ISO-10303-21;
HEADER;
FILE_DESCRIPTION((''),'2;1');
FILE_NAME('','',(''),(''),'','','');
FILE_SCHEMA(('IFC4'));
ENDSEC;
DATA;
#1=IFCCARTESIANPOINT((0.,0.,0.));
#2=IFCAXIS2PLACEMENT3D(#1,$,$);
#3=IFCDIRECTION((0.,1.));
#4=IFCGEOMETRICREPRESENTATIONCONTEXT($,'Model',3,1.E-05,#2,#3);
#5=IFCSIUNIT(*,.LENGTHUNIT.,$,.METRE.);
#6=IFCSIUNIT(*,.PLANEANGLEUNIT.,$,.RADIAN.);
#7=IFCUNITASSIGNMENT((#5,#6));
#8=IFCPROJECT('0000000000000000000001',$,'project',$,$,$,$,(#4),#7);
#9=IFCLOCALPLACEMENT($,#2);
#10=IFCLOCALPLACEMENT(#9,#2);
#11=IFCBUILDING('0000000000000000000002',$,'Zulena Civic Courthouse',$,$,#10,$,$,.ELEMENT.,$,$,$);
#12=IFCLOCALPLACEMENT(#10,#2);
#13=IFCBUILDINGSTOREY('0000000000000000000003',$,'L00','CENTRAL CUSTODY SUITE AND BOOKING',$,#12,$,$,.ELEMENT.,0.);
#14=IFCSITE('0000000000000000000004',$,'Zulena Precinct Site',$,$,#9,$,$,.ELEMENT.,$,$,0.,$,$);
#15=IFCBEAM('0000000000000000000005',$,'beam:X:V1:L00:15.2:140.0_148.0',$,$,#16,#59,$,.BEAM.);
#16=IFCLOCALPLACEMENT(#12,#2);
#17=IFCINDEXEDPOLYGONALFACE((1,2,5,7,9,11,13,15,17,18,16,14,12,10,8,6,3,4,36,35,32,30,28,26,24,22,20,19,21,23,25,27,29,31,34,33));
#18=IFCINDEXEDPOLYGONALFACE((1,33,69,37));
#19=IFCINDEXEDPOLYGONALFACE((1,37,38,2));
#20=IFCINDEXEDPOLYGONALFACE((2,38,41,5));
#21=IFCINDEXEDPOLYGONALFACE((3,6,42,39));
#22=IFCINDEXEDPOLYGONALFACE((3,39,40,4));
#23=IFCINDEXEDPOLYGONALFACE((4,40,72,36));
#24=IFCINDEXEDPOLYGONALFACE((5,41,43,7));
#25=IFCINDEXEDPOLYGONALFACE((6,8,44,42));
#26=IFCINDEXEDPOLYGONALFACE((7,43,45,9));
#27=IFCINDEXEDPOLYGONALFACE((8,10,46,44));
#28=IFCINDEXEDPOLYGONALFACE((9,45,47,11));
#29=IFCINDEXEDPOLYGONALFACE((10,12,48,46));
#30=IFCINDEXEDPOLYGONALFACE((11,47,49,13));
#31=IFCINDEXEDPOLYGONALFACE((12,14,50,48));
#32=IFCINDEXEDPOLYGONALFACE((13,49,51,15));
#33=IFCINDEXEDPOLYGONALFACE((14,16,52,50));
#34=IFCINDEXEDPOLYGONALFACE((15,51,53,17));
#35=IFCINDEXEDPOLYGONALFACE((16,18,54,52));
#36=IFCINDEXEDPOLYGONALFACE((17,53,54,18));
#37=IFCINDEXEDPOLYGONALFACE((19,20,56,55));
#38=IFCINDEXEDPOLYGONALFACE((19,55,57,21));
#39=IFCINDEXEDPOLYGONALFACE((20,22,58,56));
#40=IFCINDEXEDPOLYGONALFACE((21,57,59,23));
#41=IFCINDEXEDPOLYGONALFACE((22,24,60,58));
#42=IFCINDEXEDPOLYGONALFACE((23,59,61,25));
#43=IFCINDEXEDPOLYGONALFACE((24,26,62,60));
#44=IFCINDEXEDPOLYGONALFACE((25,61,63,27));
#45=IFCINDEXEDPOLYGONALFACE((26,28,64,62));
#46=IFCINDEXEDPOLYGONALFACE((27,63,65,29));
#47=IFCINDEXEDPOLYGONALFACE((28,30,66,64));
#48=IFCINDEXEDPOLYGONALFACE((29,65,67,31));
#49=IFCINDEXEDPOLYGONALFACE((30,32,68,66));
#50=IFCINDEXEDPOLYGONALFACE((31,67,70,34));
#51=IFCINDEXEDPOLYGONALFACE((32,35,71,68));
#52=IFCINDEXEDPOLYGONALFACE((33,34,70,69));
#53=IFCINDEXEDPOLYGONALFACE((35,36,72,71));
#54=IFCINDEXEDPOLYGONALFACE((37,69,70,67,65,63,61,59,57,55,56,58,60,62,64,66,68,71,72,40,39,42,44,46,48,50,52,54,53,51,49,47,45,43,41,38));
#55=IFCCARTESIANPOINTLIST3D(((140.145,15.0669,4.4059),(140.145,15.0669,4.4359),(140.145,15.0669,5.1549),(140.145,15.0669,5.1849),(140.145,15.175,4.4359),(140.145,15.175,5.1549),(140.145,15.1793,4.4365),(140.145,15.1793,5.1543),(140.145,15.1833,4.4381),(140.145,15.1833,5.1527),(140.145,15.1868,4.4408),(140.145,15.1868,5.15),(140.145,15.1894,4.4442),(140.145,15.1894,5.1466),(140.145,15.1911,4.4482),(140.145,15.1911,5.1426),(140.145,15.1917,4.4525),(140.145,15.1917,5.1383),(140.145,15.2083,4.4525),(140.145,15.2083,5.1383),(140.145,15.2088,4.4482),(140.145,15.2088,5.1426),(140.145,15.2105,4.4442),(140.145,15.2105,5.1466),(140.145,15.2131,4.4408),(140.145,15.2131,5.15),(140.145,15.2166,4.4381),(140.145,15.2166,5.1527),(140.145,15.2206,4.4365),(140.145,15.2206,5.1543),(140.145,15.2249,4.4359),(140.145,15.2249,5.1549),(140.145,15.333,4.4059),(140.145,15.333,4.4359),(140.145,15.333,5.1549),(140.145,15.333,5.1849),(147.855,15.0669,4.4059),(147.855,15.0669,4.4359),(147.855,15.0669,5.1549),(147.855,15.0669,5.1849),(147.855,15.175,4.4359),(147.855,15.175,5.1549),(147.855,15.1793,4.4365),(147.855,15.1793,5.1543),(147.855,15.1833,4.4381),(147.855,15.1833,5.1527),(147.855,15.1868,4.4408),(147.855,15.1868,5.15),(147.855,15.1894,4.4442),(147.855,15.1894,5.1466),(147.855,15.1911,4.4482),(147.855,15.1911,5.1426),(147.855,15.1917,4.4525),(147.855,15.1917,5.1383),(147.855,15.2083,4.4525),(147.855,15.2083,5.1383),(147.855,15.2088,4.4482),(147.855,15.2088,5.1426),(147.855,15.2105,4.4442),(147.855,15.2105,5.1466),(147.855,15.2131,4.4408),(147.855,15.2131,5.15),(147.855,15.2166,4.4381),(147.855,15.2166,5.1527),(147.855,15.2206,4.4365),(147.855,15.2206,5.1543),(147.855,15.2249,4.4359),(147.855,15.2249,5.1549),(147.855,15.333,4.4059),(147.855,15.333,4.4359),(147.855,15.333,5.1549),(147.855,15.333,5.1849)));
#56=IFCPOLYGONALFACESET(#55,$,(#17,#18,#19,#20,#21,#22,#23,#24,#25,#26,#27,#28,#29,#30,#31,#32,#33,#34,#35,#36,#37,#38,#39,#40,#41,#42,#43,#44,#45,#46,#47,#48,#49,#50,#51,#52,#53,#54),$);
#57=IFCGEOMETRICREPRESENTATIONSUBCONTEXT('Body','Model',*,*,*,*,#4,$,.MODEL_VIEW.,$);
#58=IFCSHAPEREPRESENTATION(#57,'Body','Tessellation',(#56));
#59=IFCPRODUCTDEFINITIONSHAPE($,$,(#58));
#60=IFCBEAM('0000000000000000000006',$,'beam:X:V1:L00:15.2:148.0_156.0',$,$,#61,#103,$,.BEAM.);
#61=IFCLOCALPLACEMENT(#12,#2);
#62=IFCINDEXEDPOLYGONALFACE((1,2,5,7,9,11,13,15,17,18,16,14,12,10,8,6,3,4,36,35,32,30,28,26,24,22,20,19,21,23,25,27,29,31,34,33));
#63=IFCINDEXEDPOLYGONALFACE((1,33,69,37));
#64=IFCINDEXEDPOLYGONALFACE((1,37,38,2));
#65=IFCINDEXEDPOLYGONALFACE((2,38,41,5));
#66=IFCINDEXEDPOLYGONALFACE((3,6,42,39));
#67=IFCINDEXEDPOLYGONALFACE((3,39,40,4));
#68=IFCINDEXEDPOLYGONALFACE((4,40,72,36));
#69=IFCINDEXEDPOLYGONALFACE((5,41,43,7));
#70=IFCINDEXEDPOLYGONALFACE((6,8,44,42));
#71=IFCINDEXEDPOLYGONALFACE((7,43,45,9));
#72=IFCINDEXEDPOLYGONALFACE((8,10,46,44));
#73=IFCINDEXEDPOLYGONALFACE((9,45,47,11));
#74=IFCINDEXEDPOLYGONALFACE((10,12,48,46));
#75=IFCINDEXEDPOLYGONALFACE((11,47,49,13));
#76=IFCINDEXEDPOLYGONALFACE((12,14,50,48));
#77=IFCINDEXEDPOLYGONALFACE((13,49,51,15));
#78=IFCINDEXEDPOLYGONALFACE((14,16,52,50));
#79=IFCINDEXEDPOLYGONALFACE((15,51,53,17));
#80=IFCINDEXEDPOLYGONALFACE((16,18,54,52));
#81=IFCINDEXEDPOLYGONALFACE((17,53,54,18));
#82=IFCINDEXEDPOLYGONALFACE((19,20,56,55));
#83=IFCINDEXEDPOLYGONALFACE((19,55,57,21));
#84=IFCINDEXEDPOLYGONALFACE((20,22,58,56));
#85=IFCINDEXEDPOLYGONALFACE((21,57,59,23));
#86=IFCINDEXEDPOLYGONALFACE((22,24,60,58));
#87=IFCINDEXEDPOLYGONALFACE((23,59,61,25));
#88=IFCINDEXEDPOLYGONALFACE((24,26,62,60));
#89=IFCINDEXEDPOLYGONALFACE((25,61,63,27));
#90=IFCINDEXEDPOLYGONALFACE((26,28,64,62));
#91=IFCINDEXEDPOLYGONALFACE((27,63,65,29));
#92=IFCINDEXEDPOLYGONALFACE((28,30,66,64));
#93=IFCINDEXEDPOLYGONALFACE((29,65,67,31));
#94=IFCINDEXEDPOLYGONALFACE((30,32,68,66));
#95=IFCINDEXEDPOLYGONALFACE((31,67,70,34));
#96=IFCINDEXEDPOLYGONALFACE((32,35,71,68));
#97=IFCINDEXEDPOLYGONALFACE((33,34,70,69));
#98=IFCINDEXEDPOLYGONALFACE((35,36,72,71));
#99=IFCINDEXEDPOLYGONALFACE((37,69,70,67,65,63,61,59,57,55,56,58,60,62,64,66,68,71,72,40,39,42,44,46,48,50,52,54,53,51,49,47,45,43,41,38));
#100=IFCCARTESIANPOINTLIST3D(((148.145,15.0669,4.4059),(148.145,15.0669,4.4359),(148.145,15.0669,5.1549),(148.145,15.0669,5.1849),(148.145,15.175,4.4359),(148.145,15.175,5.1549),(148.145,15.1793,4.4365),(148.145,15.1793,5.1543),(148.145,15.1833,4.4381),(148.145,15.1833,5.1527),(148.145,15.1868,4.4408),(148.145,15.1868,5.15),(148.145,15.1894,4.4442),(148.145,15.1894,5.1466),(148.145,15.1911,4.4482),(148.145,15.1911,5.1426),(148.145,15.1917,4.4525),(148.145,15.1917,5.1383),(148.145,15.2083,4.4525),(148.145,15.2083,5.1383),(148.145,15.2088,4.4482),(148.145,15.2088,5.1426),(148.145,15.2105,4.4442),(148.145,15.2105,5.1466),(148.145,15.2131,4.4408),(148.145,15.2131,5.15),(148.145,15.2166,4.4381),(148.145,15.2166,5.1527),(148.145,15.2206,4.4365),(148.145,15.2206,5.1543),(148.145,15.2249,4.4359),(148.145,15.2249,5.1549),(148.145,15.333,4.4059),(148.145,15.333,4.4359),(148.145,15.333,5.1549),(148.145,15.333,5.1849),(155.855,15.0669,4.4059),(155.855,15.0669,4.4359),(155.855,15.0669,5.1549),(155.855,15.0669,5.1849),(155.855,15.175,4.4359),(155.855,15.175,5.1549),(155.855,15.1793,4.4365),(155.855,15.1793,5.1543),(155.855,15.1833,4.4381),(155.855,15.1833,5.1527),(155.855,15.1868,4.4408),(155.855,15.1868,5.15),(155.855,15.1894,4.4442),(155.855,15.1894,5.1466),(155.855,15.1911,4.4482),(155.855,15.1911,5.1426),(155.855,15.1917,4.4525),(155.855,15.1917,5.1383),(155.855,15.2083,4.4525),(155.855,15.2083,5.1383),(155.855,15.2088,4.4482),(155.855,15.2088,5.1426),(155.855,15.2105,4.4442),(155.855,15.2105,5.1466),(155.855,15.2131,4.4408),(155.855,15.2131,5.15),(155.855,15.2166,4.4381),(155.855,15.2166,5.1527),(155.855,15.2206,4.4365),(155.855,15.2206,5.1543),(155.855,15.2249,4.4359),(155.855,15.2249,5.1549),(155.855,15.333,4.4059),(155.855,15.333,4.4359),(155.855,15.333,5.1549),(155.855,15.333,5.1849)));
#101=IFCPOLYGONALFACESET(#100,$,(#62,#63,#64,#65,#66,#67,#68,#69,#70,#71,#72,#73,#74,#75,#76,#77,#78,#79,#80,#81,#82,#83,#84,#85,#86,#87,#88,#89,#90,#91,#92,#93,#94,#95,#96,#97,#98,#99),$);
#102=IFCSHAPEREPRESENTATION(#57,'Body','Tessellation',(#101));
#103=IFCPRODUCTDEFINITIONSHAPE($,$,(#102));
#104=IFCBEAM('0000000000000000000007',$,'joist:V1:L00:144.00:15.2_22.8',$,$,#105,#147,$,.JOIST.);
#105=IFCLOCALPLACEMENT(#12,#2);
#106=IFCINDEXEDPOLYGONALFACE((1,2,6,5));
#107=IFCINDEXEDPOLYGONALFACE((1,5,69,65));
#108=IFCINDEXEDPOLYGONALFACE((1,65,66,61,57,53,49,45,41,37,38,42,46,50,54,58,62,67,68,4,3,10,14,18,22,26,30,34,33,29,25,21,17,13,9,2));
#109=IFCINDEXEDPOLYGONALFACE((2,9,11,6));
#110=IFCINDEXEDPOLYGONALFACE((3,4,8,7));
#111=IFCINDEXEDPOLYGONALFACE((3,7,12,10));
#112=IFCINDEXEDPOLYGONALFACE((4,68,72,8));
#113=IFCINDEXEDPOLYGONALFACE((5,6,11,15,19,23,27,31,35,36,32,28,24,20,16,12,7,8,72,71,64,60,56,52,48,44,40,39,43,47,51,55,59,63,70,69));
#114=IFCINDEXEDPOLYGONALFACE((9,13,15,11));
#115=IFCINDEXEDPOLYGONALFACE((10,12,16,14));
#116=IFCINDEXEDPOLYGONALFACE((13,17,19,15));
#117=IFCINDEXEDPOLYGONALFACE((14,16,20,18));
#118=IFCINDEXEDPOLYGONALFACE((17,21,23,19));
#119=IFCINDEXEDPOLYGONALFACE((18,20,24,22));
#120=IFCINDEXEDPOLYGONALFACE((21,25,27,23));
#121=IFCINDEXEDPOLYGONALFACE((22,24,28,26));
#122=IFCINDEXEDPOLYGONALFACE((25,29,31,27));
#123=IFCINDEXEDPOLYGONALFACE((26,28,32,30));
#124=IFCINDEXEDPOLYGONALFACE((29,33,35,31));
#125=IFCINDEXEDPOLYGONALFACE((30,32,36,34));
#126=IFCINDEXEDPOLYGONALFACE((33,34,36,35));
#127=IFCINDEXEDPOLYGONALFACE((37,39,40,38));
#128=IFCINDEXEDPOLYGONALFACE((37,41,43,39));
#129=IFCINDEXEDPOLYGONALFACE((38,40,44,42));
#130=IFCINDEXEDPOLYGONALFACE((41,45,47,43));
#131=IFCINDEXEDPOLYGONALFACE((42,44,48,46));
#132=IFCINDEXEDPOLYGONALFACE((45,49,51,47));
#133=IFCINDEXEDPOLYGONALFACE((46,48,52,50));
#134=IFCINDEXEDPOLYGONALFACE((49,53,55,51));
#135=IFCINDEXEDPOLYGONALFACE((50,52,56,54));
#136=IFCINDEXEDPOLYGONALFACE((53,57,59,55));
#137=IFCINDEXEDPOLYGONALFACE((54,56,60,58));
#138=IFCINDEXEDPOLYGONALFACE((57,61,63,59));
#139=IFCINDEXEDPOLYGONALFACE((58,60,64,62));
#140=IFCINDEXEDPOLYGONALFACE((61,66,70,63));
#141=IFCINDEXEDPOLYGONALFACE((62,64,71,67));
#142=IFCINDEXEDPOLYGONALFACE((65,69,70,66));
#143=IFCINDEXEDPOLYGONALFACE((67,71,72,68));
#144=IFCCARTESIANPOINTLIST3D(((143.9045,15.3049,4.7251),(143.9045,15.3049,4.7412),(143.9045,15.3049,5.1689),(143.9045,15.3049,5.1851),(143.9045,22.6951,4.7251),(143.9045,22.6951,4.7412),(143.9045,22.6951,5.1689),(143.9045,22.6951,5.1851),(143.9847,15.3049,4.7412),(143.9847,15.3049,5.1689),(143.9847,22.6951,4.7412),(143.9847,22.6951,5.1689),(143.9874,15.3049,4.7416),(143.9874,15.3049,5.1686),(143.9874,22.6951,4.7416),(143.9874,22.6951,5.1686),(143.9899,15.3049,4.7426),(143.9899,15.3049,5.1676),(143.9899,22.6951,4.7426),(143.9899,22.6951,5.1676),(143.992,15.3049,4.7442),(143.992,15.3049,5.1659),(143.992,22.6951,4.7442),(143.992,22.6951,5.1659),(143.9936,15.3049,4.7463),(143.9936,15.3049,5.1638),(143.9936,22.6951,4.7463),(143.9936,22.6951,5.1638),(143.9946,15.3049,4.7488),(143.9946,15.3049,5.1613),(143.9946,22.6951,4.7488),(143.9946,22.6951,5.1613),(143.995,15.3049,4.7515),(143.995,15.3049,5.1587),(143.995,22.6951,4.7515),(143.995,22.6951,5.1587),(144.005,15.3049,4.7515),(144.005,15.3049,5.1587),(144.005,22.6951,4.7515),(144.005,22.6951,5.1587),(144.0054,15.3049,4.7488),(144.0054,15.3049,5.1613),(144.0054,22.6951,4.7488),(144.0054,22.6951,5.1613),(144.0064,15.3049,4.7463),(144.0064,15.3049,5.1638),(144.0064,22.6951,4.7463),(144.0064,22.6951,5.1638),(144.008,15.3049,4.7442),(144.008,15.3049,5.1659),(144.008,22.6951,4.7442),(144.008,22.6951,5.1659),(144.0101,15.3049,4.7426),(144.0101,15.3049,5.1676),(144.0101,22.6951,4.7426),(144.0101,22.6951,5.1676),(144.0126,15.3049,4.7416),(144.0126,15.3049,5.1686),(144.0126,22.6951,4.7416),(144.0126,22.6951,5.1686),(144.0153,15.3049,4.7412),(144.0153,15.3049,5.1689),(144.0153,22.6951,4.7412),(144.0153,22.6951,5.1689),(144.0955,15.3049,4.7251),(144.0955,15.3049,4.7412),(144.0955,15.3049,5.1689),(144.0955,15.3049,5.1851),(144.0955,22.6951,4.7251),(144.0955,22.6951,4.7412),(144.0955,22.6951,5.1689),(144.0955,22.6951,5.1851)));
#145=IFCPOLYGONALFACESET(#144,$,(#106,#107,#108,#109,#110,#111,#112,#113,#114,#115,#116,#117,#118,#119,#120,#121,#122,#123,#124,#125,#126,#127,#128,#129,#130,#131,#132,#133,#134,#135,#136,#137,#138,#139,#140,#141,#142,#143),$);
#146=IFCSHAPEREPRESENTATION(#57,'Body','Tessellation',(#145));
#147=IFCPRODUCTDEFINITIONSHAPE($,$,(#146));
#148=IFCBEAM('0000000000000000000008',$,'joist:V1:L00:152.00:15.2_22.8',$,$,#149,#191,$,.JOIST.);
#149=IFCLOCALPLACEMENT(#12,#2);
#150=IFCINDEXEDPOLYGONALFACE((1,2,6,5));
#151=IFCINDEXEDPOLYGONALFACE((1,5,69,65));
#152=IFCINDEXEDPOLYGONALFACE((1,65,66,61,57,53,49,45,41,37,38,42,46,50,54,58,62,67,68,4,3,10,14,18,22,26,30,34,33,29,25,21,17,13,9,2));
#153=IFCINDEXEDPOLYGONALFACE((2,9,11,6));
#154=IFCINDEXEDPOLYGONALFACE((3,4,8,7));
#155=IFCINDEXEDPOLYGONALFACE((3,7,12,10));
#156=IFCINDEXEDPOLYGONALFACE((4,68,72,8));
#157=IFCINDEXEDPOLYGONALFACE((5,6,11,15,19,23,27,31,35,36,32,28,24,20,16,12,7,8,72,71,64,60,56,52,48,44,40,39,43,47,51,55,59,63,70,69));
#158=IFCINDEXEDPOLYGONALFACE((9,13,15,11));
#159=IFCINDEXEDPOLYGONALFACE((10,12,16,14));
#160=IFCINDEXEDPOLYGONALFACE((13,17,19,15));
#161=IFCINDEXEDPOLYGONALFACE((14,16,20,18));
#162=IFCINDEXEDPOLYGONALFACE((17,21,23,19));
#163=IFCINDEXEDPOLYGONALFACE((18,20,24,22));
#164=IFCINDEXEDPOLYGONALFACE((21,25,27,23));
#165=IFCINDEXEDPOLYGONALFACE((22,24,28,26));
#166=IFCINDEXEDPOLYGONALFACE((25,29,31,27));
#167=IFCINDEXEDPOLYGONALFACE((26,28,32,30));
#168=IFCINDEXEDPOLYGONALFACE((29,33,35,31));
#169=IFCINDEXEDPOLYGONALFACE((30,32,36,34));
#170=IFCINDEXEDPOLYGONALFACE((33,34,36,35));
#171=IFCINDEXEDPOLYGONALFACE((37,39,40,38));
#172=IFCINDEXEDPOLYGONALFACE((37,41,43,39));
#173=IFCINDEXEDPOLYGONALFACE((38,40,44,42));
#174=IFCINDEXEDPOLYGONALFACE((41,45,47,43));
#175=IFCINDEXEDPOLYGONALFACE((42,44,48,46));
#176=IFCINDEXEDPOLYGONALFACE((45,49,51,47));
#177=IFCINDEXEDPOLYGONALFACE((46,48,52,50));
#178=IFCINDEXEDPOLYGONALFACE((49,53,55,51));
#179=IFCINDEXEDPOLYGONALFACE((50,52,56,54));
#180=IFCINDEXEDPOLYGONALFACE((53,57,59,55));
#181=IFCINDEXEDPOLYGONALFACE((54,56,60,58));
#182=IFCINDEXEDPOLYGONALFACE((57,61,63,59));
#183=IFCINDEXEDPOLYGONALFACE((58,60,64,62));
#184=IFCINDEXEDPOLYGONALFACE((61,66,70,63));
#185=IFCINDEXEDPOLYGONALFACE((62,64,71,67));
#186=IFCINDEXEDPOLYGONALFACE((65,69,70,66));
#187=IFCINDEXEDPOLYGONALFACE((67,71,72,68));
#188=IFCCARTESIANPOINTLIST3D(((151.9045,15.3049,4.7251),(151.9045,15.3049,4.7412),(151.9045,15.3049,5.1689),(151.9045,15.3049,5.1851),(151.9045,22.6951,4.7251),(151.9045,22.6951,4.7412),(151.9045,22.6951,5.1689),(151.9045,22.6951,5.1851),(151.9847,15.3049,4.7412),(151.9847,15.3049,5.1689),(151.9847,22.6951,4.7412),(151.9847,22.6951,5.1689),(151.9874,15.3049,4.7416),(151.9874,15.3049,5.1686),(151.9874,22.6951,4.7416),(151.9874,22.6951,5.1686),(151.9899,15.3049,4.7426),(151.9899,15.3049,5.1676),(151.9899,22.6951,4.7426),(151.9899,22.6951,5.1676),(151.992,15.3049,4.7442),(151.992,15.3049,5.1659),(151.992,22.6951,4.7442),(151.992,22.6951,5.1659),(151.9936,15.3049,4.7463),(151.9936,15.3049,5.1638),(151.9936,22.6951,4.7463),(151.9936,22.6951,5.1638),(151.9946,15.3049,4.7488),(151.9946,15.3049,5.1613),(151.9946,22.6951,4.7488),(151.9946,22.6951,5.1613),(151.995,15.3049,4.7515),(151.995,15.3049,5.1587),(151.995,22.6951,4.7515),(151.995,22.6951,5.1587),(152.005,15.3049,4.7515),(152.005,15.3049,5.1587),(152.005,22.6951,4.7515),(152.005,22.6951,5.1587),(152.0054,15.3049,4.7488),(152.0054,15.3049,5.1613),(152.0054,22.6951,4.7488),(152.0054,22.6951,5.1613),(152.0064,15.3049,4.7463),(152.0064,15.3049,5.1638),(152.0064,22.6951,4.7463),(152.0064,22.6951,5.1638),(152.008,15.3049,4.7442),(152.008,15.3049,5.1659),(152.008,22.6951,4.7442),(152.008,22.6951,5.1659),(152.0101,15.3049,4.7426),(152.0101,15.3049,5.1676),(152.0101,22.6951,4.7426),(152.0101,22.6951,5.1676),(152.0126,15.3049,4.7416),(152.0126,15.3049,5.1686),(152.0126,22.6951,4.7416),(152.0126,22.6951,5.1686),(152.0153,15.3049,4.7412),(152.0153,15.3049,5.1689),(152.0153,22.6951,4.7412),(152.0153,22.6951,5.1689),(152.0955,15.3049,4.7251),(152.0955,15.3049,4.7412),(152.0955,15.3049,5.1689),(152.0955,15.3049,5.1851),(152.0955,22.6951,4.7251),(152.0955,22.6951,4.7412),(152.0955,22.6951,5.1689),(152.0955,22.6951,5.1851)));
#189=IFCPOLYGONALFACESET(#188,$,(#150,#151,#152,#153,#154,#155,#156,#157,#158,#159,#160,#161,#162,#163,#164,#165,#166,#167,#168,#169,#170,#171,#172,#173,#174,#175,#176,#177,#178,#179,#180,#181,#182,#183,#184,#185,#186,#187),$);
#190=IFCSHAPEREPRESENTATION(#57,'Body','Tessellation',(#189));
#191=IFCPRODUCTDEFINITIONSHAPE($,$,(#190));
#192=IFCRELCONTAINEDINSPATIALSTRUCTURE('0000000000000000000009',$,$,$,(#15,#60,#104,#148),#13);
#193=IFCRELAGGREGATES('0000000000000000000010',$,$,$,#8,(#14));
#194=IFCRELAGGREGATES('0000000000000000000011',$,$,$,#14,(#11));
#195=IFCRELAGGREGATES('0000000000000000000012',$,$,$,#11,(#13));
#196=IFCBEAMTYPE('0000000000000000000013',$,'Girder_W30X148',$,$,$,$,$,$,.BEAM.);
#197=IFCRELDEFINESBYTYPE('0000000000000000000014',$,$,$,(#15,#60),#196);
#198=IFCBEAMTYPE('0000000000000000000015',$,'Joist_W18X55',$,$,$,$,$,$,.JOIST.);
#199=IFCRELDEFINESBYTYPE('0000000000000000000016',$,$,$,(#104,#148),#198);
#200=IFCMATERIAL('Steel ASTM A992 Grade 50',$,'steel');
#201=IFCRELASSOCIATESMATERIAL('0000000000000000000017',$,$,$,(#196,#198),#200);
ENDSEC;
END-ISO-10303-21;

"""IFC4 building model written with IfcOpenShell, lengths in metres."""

from ifc_helpers import new_model, si_unit, direction, frame, origin, origin_2d, place, context, subcontext, project, spatial, i_section, extrude, material, material_profile, profile_set, type_object, element, save


model = new_model("IFC4")

# Units and contexts
model_context = context("Model", 3, precision=1e-05, world=origin(), true_north=direction((0.0, 1.0)))
body_context = subcontext(model_context, "Body", "Model", "MODEL_VIEW")
ifc_project = project(units=[si_unit("LENGTHUNIT", "METRE"), si_unit("PLANEANGLEUNIT", "RADIAN")], contexts=[model_context])

# Site, building, storey
site_placement = place(None, origin())
site = spatial("IfcSite", under=ifc_project, at=site_placement, Name="Zulena Precinct Site", CompositionType="ELEMENT", RefElevation=0.0)
building_placement = place(site_placement, origin())
building = spatial("IfcBuilding", under=site, at=building_placement, Name="Zulena Civic Courthouse", CompositionType="ELEMENT")
storey_placement = place(building_placement, origin())
storey = spatial("IfcBuildingStorey", under=building, at=storey_placement, Name="L00", Description="CENTRAL CUSTODY SUITE AND BOOKING", CompositionType="ELEMENT", Elevation=0.0)

# Shared definitions
ifc_material_1 = material(Name="Steel ASTM A992 Grade 50", Category="steel")

# Beams
ifc_material_profile_1 = material_profile(ifc_material_1, i_section(OverallWidth=0.2661, OverallDepth=0.7791, WebThickness=0.0166, FlangeThickness=0.03, FilletRadius=0.0166, at=origin_2d()), Name="W30X148")
ifc_profile_set_1 = profile_set([ifc_material_profile_1], Name="Steel ASTM A992 Grade 50")
beam_type_1 = type_object("IfcBeamType", Name="Girder_W30X148", PredefinedType="BEAM", material=ifc_profile_set_1)
for number, where, z_axis, x_axis, name in (
    (1, (140.145, 15.2, 4.7954), (1.0, 0.0, 0.0), (0.0, 1.0, 0.0), "beam:X:V1:L00:15.2:140.0_148.0"),
    (2, (148.145, 15.2, 4.7954), (1.0, 0.0, 0.0), (0.0, 1.0, 0.0), "beam:X:V1:L00:15.2:148.0_156.0"),
):
    element("IfcBeam", number, at=place(storey_placement, frame(where, z_axis=z_axis, x_axis=x_axis)), inside=storey, type_object=beam_type_1, Name=name, PredefinedType="BEAM", context=body_context, shape_type="SweptSolid", body=[
        extrude(i_section(OverallWidth=0.2661, OverallDepth=0.7791, WebThickness=0.0166, FlangeThickness=0.03, FilletRadius=0.0166, at=origin_2d()), origin(), (0.0, 0.0, 1.0), 7.71),
    ])
ifc_material_profile_2 = material_profile(ifc_material_1, i_section(OverallWidth=0.1909, OverallDepth=0.46, WebThickness=0.01, FlangeThickness=0.0161, FilletRadius=0.0103, at=origin_2d()), Name="W18X55")
ifc_profile_set_2 = profile_set([ifc_material_profile_2], Name="Steel ASTM A992 Grade 50")
beam_type_2 = type_object("IfcBeamType", Name="Joist_W18X55", PredefinedType="JOIST", material=ifc_profile_set_2)
for number, where, z_axis, x_axis, name in (
    (3, (144.0, 15.3049, 4.9551), (0.0, 1.0, 0.0), (-1.0, 0.0, 0.0), "joist:V1:L00:144.00:15.2_22.8"),
    (4, (152.0, 15.3049, 4.9551), (0.0, 1.0, 0.0), (-1.0, 0.0, 0.0), "joist:V1:L00:152.00:15.2_22.8"),
):
    element("IfcBeam", number, at=place(storey_placement, frame(where, z_axis=z_axis, x_axis=x_axis)), inside=storey, type_object=beam_type_2, Name=name, PredefinedType="JOIST", context=body_context, shape_type="SweptSolid", body=[
        extrude(i_section(OverallWidth=0.1909, OverallDepth=0.46, WebThickness=0.01, FlangeThickness=0.0161, FilletRadius=0.0103, at=origin_2d()), origin(), (0.0, 0.0, 1.0), 7.3901),
    ])

save(model, "model.ifc")
